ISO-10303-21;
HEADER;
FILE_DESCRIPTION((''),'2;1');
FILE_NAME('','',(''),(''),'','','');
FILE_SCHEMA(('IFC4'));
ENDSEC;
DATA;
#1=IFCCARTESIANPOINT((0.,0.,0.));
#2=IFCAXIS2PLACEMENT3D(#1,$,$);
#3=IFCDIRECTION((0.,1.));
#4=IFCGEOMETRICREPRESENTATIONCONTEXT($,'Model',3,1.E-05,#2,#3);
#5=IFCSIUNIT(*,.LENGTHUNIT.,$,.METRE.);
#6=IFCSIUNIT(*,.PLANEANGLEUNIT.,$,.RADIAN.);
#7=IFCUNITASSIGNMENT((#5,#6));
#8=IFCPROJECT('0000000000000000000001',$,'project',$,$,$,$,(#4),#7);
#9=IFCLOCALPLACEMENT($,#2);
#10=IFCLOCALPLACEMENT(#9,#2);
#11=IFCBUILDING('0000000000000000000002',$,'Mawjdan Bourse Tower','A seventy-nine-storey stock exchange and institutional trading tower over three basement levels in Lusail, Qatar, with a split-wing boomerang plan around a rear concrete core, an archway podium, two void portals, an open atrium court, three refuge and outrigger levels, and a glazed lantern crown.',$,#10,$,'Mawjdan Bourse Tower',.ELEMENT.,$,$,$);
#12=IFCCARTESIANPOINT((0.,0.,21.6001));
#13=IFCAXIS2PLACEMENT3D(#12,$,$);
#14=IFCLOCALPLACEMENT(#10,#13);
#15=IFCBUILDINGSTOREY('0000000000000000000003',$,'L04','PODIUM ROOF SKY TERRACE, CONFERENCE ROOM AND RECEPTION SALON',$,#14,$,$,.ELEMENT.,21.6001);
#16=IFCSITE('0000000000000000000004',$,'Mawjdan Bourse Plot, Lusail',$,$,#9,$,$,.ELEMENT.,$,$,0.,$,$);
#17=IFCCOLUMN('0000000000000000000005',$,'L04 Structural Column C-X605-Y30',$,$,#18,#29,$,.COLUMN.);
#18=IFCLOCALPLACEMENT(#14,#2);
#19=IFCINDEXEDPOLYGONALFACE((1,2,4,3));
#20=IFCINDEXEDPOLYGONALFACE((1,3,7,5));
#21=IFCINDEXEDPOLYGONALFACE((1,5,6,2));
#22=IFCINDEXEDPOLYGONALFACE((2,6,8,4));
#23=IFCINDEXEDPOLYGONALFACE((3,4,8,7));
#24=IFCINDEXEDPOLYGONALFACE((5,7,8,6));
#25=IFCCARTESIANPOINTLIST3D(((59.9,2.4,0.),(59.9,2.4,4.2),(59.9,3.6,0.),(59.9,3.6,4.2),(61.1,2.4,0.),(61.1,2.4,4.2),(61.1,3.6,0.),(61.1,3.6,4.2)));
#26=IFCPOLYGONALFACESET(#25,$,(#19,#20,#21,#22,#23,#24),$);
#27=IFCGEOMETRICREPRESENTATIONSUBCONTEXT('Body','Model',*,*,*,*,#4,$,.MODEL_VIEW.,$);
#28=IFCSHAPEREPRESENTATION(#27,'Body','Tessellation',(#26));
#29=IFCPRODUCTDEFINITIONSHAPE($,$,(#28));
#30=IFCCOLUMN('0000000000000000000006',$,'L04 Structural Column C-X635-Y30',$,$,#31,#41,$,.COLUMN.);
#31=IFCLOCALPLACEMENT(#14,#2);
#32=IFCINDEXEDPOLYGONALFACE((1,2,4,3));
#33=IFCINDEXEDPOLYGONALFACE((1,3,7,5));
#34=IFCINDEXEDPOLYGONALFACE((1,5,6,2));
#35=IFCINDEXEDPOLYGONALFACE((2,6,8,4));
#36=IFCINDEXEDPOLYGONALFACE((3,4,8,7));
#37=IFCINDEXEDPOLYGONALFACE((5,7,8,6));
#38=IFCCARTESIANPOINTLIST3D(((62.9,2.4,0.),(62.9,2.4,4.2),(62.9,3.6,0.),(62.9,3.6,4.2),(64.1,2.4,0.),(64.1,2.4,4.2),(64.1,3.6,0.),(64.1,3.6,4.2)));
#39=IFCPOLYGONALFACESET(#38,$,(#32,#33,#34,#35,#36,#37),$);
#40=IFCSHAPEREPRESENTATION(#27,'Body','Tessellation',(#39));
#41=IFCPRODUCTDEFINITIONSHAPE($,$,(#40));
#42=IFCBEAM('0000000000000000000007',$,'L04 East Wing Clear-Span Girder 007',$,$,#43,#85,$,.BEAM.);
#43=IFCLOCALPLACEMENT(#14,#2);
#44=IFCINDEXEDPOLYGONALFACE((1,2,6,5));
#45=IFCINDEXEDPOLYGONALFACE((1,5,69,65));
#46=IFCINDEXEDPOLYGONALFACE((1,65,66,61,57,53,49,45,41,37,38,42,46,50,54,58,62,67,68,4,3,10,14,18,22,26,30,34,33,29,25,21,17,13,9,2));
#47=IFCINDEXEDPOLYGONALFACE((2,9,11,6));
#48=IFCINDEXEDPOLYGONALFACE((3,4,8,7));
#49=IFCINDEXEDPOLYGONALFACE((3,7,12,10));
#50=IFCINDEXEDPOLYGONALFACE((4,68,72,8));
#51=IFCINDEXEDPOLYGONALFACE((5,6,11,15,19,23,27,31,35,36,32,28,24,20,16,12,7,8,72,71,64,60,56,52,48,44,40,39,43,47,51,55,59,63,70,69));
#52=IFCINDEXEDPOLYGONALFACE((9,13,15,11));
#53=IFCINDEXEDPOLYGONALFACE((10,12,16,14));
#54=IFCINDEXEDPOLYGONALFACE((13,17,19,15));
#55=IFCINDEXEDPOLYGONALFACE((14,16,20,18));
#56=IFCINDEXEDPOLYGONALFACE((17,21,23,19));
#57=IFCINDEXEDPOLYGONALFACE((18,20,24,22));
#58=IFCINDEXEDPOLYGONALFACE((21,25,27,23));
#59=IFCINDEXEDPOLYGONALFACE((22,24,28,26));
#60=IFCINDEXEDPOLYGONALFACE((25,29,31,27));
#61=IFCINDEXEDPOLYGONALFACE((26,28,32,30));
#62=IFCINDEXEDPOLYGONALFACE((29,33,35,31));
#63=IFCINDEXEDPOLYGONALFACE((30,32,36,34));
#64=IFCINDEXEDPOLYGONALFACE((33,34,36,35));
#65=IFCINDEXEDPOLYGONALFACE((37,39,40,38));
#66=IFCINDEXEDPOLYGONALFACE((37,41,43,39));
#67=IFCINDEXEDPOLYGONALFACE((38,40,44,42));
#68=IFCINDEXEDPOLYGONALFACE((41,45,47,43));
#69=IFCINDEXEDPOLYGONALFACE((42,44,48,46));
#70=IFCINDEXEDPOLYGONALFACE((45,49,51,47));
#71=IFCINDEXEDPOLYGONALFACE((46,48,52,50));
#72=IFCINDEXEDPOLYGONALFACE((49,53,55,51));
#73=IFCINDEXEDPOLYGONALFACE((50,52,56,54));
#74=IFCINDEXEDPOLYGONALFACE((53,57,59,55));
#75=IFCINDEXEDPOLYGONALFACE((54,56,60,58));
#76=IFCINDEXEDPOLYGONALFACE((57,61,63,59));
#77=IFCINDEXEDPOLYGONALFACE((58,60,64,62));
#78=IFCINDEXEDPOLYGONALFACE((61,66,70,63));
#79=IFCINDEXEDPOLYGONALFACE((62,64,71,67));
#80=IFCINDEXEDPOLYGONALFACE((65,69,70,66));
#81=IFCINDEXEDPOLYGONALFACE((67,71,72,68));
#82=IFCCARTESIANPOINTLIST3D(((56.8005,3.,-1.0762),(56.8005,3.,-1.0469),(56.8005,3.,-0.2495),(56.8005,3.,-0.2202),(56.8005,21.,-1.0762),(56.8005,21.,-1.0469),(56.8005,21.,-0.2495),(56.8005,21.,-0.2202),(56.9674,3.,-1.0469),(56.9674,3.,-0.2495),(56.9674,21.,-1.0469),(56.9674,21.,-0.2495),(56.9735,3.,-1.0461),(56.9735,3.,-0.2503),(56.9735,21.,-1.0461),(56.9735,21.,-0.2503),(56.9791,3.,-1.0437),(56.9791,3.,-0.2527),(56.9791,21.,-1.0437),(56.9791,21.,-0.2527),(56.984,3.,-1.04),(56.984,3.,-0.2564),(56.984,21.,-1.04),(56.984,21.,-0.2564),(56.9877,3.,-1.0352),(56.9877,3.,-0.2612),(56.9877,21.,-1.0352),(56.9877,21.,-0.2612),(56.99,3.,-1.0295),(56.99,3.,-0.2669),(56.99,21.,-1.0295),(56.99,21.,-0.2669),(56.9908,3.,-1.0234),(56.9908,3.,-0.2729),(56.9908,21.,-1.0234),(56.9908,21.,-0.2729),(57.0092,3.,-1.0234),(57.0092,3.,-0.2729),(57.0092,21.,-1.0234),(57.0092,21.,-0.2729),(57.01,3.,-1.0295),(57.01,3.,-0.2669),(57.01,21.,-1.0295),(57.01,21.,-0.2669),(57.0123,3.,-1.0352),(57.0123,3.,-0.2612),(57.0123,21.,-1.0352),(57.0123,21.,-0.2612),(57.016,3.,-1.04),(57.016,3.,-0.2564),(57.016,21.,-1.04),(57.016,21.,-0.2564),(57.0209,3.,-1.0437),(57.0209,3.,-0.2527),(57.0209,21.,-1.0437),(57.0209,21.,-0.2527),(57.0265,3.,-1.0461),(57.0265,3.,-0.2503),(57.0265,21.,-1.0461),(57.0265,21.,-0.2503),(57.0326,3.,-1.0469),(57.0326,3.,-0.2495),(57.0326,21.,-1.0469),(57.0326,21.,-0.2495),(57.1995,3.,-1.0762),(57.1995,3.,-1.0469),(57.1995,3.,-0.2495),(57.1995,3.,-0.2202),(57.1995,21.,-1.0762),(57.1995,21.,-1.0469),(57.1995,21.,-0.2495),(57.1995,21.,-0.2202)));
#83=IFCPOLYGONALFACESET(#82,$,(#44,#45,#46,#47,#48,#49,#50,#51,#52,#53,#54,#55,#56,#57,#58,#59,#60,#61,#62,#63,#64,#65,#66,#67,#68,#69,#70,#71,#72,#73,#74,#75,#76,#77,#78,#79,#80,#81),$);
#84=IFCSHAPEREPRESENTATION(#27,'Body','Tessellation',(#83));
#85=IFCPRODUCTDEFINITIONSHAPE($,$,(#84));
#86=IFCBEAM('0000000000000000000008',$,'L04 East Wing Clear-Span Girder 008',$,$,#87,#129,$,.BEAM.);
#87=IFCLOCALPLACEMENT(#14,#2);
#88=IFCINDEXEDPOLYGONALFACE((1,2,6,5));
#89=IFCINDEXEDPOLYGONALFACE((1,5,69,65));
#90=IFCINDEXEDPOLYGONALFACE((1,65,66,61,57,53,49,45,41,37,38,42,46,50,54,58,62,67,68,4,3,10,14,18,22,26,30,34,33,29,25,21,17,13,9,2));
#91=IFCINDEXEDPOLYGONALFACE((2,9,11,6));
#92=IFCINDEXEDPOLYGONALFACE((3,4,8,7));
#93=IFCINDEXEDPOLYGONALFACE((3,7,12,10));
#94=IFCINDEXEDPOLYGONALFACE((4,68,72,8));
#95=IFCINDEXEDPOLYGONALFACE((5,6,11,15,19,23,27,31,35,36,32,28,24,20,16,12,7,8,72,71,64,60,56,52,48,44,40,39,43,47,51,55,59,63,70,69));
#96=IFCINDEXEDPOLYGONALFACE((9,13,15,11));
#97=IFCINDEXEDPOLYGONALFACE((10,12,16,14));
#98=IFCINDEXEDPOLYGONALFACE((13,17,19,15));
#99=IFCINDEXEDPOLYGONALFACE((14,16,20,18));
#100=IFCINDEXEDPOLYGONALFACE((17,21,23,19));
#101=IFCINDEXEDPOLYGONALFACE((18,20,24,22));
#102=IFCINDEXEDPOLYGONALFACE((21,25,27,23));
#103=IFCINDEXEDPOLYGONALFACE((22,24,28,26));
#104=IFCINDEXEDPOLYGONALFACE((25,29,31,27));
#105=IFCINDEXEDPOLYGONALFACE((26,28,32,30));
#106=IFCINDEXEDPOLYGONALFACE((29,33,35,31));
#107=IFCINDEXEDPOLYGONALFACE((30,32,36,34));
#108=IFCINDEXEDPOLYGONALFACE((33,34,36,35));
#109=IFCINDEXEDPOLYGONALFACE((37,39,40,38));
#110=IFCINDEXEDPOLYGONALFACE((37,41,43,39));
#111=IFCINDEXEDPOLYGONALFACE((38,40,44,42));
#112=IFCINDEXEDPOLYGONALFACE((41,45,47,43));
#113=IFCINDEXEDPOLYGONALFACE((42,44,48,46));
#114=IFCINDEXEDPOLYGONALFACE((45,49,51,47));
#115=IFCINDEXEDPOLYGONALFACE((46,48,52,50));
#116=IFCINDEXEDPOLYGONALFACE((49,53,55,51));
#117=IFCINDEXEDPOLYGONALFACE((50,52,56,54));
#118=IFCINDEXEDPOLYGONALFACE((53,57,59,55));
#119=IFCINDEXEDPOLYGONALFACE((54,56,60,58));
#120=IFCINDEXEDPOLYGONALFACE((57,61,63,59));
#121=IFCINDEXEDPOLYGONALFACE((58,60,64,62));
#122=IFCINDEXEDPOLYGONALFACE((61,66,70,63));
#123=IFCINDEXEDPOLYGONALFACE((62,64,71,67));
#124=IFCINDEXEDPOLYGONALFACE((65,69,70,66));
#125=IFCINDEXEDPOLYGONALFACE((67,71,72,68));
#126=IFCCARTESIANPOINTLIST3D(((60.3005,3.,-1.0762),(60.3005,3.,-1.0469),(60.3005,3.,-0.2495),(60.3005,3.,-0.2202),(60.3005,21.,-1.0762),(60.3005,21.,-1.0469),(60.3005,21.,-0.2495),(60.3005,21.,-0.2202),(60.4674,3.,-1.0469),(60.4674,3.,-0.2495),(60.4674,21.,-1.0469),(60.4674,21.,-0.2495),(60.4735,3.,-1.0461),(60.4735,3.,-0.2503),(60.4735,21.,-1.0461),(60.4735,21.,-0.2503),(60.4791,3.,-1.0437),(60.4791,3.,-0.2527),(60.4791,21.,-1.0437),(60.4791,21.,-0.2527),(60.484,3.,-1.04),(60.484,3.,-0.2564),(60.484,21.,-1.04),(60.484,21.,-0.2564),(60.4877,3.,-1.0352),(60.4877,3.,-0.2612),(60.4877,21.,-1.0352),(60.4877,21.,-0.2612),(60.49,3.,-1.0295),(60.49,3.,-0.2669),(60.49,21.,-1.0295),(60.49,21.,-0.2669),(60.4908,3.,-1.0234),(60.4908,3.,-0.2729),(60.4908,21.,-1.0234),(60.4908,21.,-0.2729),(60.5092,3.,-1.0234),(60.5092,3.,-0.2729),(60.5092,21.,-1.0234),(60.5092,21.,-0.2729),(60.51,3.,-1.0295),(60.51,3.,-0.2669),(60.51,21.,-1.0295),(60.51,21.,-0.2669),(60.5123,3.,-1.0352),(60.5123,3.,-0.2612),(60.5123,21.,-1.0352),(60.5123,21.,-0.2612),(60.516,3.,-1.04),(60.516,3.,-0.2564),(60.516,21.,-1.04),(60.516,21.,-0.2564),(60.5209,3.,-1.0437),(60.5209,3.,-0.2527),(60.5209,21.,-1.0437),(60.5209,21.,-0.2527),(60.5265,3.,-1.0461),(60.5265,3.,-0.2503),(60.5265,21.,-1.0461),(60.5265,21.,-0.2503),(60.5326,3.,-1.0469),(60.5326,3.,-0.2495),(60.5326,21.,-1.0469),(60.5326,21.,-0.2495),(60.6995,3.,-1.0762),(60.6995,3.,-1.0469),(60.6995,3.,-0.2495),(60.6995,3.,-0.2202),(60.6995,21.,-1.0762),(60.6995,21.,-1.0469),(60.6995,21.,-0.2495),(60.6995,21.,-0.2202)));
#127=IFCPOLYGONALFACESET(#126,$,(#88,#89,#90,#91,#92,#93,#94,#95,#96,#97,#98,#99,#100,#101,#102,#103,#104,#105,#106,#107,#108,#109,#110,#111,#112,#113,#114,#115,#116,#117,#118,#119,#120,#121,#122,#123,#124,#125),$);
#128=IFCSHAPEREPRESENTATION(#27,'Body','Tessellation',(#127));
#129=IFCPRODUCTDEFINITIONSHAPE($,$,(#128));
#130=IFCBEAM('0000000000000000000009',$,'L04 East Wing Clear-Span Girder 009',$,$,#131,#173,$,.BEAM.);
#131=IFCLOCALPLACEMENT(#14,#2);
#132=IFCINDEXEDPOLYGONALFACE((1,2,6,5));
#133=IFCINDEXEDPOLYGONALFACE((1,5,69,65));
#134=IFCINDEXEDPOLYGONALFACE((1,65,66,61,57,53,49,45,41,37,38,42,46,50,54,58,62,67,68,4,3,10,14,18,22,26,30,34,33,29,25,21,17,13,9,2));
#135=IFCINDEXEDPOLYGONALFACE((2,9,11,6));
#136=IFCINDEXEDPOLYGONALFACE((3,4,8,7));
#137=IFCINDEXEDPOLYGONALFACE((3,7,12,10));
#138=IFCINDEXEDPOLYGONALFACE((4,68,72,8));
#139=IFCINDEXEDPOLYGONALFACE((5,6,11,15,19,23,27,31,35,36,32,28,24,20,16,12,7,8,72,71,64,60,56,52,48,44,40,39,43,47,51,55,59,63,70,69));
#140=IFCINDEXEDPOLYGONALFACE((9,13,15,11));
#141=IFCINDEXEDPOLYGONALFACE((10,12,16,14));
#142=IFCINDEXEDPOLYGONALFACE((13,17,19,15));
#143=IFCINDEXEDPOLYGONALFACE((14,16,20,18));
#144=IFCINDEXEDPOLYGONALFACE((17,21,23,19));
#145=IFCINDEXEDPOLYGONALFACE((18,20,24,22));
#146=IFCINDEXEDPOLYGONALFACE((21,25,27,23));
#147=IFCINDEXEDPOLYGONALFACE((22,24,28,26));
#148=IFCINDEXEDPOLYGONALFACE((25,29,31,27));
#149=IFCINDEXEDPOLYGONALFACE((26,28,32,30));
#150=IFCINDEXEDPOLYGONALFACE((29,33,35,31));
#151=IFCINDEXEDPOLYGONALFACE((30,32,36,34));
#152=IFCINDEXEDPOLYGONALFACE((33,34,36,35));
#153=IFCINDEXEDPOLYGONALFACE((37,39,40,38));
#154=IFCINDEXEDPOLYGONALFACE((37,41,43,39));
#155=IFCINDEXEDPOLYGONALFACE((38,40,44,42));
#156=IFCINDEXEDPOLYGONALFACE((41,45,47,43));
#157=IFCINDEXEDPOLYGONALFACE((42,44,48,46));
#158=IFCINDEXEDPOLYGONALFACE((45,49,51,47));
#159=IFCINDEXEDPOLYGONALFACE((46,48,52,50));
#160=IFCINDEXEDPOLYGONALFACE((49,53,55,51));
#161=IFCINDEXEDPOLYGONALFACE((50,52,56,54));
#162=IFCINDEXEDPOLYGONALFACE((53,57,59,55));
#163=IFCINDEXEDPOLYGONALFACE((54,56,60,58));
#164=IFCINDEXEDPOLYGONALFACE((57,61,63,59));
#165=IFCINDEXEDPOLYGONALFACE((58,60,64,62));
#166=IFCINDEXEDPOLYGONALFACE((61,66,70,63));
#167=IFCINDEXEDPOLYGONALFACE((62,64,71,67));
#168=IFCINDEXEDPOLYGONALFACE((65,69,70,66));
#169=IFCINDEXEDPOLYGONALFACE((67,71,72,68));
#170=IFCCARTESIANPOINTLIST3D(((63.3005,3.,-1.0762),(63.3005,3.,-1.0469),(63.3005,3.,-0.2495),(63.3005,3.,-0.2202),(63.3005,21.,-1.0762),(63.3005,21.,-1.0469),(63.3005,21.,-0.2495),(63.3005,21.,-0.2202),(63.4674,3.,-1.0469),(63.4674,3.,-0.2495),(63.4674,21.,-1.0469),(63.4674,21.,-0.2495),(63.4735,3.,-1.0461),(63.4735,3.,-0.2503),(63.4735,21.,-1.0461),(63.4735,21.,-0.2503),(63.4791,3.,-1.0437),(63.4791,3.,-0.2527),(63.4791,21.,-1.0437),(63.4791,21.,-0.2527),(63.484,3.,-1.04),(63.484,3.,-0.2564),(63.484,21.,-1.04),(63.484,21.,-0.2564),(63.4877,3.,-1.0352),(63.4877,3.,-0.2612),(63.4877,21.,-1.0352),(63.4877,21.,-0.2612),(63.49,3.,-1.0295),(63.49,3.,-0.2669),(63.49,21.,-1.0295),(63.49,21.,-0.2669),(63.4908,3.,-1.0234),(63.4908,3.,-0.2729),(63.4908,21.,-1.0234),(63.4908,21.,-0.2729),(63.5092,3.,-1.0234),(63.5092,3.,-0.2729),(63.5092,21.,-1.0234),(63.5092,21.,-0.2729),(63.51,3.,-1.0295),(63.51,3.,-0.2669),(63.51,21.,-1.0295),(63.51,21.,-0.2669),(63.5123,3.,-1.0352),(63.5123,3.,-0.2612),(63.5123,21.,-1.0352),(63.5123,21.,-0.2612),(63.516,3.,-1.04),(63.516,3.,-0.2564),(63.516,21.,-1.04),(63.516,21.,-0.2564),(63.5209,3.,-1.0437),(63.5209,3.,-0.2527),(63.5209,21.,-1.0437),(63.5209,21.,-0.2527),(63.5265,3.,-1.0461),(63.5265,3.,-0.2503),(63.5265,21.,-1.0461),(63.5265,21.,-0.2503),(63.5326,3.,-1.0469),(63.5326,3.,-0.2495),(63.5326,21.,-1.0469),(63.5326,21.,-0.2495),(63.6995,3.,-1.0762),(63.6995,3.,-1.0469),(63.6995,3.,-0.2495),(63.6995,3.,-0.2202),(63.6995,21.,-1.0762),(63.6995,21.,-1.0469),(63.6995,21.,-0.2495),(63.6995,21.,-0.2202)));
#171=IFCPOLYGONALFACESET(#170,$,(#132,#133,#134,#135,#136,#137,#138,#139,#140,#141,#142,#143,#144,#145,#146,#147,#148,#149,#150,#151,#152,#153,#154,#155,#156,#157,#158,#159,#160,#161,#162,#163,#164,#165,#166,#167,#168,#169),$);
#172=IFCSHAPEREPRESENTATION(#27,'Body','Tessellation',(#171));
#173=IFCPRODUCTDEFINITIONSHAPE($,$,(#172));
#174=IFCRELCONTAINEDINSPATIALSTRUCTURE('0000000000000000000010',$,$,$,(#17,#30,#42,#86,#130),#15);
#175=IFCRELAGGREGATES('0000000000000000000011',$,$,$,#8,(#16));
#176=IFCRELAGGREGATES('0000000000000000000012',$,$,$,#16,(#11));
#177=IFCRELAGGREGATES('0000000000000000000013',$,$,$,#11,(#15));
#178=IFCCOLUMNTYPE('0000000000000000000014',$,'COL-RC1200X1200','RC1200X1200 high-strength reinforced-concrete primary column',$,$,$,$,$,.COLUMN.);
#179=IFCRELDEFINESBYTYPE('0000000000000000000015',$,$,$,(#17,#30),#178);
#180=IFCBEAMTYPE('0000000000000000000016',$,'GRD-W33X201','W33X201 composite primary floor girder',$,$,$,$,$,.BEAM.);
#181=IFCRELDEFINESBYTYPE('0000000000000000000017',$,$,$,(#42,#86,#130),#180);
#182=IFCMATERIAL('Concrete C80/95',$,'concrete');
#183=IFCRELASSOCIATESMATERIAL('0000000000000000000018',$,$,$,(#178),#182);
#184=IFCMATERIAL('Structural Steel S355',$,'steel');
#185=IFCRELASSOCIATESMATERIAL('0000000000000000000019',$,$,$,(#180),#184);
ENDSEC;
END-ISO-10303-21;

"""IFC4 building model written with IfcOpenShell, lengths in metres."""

from ifc_helpers import new_model, si_unit, direction, frame, origin, origin_2d, place, context, subcontext, project, spatial, rectangle, i_section, extrude, material, material_profile, profile_set, type_object, element, save


model = new_model("IFC4")

# Units and contexts
model_context = context("Model", 3, precision=1e-05, world=origin(), true_north=direction((0.0, 1.0)))
body_context = subcontext(model_context, "Body", "Model", "MODEL_VIEW")
ifc_project = project(units=[si_unit("LENGTHUNIT", "METRE"), si_unit("PLANEANGLEUNIT", "RADIAN")], contexts=[model_context])

# Site, building, storey
site_placement = place(None, origin())
site = spatial("IfcSite", under=ifc_project, at=site_placement, Name="Mawjdan Bourse Plot, Lusail", CompositionType="ELEMENT", RefElevation=0.0)
building_placement = place(site_placement, origin())
building = spatial("IfcBuilding", under=site, at=building_placement, Name="Mawjdan Bourse Tower", Description="A seventy-nine-storey stock exchange and institutional trading tower over three basement levels in Lusail, Qatar, with a split-wing boomerang plan around a rear concrete core, an archway podium, two void portals, an open atrium court, three refuge and outrigger levels, and a glazed lantern crown.", LongName="Mawjdan Bourse Tower", CompositionType="ELEMENT")
storey_placement = place(building_placement, frame((0.0, 0.0, 21.6001)))
storey = spatial("IfcBuildingStorey", under=building, at=storey_placement, Name="L04", Description="PODIUM ROOF SKY TERRACE, CONFERENCE ROOM AND RECEPTION SALON", CompositionType="ELEMENT", Elevation=21.6001)

# Columns
ifc_material_1 = material(Name="Concrete C80/95", Category="concrete")
ifc_material_profile_1 = material_profile(ifc_material_1, rectangle(XDim=1.2, YDim=1.2, at=origin_2d()), Name="RC1200X1200")
ifc_profile_set_1 = profile_set([ifc_material_profile_1], Name="Concrete C80/95")
column_type = type_object("IfcColumnType", Name="COL-RC1200X1200", Description="RC1200X1200 high-strength reinforced-concrete primary column", PredefinedType="COLUMN", material=ifc_profile_set_1)
for number, where, z_axis, x_axis, name in (
    (1, (60.5, 3.0, 0.0), (0.0, 0.0, 1.0), (1.0, 0.0, 0.0), "L04 Structural Column C-X605-Y30"),
    (2, (63.5, 3.0, 0.0), (0.0, 0.0, 1.0), (1.0, 0.0, 0.0), "L04 Structural Column C-X635-Y30"),
):
    element("IfcColumn", number, at=place(storey_placement, frame(where, z_axis=z_axis, x_axis=x_axis)), inside=storey, type_object=column_type, Name=name, PredefinedType="COLUMN", context=body_context, shape_type="SweptSolid", body=[
        extrude(rectangle(XDim=1.2, YDim=1.2, at=origin_2d()), origin(), (0.0, 0.0, 1.0), 4.2),
    ])

# Beams
ifc_material_2 = material(Name="Structural Steel S355", Category="steel")
ifc_material_profile_2 = material_profile(ifc_material_2, i_section(OverallWidth=0.3989, OverallDepth=0.856, WebThickness=0.0183, FlangeThickness=0.0293, FilletRadius=0.0234, at=origin_2d()), Name="W33X201")
ifc_profile_set_2 = profile_set([ifc_material_profile_2], Name="Structural Steel S355")
beam_type_1 = type_object("IfcBeamType", Name="GRD-W33X201", Description="W33X201 composite primary floor girder", PredefinedType="BEAM", material=ifc_profile_set_2)
for number, where, z_axis, x_axis, name in (
    (3, (57.0, 3.0, -0.6482), (0.0, 1.0, 0.0), (-1.0, 0.0, 0.0), "L04 East Wing Clear-Span Girder 007"),
    (4, (60.5, 3.0, -0.6482), (0.0, 1.0, 0.0), (-1.0, 0.0, 0.0), "L04 East Wing Clear-Span Girder 008"),
    (5, (63.5, 3.0, -0.6482), (0.0, 1.0, 0.0), (-1.0, 0.0, 0.0), "L04 East Wing Clear-Span Girder 009"),
):
    element("IfcBeam", number, at=place(storey_placement, frame(where, z_axis=z_axis, x_axis=x_axis)), inside=storey, type_object=beam_type_1, Name=name, PredefinedType="BEAM", context=body_context, shape_type="SweptSolid", body=[
        extrude(i_section(OverallWidth=0.3989, OverallDepth=0.856, WebThickness=0.0183, FlangeThickness=0.0293, FilletRadius=0.0234, at=origin_2d()), origin(), (0.0, 0.0, 1.0), 18.0),
    ])

save(model, "model.ifc")
